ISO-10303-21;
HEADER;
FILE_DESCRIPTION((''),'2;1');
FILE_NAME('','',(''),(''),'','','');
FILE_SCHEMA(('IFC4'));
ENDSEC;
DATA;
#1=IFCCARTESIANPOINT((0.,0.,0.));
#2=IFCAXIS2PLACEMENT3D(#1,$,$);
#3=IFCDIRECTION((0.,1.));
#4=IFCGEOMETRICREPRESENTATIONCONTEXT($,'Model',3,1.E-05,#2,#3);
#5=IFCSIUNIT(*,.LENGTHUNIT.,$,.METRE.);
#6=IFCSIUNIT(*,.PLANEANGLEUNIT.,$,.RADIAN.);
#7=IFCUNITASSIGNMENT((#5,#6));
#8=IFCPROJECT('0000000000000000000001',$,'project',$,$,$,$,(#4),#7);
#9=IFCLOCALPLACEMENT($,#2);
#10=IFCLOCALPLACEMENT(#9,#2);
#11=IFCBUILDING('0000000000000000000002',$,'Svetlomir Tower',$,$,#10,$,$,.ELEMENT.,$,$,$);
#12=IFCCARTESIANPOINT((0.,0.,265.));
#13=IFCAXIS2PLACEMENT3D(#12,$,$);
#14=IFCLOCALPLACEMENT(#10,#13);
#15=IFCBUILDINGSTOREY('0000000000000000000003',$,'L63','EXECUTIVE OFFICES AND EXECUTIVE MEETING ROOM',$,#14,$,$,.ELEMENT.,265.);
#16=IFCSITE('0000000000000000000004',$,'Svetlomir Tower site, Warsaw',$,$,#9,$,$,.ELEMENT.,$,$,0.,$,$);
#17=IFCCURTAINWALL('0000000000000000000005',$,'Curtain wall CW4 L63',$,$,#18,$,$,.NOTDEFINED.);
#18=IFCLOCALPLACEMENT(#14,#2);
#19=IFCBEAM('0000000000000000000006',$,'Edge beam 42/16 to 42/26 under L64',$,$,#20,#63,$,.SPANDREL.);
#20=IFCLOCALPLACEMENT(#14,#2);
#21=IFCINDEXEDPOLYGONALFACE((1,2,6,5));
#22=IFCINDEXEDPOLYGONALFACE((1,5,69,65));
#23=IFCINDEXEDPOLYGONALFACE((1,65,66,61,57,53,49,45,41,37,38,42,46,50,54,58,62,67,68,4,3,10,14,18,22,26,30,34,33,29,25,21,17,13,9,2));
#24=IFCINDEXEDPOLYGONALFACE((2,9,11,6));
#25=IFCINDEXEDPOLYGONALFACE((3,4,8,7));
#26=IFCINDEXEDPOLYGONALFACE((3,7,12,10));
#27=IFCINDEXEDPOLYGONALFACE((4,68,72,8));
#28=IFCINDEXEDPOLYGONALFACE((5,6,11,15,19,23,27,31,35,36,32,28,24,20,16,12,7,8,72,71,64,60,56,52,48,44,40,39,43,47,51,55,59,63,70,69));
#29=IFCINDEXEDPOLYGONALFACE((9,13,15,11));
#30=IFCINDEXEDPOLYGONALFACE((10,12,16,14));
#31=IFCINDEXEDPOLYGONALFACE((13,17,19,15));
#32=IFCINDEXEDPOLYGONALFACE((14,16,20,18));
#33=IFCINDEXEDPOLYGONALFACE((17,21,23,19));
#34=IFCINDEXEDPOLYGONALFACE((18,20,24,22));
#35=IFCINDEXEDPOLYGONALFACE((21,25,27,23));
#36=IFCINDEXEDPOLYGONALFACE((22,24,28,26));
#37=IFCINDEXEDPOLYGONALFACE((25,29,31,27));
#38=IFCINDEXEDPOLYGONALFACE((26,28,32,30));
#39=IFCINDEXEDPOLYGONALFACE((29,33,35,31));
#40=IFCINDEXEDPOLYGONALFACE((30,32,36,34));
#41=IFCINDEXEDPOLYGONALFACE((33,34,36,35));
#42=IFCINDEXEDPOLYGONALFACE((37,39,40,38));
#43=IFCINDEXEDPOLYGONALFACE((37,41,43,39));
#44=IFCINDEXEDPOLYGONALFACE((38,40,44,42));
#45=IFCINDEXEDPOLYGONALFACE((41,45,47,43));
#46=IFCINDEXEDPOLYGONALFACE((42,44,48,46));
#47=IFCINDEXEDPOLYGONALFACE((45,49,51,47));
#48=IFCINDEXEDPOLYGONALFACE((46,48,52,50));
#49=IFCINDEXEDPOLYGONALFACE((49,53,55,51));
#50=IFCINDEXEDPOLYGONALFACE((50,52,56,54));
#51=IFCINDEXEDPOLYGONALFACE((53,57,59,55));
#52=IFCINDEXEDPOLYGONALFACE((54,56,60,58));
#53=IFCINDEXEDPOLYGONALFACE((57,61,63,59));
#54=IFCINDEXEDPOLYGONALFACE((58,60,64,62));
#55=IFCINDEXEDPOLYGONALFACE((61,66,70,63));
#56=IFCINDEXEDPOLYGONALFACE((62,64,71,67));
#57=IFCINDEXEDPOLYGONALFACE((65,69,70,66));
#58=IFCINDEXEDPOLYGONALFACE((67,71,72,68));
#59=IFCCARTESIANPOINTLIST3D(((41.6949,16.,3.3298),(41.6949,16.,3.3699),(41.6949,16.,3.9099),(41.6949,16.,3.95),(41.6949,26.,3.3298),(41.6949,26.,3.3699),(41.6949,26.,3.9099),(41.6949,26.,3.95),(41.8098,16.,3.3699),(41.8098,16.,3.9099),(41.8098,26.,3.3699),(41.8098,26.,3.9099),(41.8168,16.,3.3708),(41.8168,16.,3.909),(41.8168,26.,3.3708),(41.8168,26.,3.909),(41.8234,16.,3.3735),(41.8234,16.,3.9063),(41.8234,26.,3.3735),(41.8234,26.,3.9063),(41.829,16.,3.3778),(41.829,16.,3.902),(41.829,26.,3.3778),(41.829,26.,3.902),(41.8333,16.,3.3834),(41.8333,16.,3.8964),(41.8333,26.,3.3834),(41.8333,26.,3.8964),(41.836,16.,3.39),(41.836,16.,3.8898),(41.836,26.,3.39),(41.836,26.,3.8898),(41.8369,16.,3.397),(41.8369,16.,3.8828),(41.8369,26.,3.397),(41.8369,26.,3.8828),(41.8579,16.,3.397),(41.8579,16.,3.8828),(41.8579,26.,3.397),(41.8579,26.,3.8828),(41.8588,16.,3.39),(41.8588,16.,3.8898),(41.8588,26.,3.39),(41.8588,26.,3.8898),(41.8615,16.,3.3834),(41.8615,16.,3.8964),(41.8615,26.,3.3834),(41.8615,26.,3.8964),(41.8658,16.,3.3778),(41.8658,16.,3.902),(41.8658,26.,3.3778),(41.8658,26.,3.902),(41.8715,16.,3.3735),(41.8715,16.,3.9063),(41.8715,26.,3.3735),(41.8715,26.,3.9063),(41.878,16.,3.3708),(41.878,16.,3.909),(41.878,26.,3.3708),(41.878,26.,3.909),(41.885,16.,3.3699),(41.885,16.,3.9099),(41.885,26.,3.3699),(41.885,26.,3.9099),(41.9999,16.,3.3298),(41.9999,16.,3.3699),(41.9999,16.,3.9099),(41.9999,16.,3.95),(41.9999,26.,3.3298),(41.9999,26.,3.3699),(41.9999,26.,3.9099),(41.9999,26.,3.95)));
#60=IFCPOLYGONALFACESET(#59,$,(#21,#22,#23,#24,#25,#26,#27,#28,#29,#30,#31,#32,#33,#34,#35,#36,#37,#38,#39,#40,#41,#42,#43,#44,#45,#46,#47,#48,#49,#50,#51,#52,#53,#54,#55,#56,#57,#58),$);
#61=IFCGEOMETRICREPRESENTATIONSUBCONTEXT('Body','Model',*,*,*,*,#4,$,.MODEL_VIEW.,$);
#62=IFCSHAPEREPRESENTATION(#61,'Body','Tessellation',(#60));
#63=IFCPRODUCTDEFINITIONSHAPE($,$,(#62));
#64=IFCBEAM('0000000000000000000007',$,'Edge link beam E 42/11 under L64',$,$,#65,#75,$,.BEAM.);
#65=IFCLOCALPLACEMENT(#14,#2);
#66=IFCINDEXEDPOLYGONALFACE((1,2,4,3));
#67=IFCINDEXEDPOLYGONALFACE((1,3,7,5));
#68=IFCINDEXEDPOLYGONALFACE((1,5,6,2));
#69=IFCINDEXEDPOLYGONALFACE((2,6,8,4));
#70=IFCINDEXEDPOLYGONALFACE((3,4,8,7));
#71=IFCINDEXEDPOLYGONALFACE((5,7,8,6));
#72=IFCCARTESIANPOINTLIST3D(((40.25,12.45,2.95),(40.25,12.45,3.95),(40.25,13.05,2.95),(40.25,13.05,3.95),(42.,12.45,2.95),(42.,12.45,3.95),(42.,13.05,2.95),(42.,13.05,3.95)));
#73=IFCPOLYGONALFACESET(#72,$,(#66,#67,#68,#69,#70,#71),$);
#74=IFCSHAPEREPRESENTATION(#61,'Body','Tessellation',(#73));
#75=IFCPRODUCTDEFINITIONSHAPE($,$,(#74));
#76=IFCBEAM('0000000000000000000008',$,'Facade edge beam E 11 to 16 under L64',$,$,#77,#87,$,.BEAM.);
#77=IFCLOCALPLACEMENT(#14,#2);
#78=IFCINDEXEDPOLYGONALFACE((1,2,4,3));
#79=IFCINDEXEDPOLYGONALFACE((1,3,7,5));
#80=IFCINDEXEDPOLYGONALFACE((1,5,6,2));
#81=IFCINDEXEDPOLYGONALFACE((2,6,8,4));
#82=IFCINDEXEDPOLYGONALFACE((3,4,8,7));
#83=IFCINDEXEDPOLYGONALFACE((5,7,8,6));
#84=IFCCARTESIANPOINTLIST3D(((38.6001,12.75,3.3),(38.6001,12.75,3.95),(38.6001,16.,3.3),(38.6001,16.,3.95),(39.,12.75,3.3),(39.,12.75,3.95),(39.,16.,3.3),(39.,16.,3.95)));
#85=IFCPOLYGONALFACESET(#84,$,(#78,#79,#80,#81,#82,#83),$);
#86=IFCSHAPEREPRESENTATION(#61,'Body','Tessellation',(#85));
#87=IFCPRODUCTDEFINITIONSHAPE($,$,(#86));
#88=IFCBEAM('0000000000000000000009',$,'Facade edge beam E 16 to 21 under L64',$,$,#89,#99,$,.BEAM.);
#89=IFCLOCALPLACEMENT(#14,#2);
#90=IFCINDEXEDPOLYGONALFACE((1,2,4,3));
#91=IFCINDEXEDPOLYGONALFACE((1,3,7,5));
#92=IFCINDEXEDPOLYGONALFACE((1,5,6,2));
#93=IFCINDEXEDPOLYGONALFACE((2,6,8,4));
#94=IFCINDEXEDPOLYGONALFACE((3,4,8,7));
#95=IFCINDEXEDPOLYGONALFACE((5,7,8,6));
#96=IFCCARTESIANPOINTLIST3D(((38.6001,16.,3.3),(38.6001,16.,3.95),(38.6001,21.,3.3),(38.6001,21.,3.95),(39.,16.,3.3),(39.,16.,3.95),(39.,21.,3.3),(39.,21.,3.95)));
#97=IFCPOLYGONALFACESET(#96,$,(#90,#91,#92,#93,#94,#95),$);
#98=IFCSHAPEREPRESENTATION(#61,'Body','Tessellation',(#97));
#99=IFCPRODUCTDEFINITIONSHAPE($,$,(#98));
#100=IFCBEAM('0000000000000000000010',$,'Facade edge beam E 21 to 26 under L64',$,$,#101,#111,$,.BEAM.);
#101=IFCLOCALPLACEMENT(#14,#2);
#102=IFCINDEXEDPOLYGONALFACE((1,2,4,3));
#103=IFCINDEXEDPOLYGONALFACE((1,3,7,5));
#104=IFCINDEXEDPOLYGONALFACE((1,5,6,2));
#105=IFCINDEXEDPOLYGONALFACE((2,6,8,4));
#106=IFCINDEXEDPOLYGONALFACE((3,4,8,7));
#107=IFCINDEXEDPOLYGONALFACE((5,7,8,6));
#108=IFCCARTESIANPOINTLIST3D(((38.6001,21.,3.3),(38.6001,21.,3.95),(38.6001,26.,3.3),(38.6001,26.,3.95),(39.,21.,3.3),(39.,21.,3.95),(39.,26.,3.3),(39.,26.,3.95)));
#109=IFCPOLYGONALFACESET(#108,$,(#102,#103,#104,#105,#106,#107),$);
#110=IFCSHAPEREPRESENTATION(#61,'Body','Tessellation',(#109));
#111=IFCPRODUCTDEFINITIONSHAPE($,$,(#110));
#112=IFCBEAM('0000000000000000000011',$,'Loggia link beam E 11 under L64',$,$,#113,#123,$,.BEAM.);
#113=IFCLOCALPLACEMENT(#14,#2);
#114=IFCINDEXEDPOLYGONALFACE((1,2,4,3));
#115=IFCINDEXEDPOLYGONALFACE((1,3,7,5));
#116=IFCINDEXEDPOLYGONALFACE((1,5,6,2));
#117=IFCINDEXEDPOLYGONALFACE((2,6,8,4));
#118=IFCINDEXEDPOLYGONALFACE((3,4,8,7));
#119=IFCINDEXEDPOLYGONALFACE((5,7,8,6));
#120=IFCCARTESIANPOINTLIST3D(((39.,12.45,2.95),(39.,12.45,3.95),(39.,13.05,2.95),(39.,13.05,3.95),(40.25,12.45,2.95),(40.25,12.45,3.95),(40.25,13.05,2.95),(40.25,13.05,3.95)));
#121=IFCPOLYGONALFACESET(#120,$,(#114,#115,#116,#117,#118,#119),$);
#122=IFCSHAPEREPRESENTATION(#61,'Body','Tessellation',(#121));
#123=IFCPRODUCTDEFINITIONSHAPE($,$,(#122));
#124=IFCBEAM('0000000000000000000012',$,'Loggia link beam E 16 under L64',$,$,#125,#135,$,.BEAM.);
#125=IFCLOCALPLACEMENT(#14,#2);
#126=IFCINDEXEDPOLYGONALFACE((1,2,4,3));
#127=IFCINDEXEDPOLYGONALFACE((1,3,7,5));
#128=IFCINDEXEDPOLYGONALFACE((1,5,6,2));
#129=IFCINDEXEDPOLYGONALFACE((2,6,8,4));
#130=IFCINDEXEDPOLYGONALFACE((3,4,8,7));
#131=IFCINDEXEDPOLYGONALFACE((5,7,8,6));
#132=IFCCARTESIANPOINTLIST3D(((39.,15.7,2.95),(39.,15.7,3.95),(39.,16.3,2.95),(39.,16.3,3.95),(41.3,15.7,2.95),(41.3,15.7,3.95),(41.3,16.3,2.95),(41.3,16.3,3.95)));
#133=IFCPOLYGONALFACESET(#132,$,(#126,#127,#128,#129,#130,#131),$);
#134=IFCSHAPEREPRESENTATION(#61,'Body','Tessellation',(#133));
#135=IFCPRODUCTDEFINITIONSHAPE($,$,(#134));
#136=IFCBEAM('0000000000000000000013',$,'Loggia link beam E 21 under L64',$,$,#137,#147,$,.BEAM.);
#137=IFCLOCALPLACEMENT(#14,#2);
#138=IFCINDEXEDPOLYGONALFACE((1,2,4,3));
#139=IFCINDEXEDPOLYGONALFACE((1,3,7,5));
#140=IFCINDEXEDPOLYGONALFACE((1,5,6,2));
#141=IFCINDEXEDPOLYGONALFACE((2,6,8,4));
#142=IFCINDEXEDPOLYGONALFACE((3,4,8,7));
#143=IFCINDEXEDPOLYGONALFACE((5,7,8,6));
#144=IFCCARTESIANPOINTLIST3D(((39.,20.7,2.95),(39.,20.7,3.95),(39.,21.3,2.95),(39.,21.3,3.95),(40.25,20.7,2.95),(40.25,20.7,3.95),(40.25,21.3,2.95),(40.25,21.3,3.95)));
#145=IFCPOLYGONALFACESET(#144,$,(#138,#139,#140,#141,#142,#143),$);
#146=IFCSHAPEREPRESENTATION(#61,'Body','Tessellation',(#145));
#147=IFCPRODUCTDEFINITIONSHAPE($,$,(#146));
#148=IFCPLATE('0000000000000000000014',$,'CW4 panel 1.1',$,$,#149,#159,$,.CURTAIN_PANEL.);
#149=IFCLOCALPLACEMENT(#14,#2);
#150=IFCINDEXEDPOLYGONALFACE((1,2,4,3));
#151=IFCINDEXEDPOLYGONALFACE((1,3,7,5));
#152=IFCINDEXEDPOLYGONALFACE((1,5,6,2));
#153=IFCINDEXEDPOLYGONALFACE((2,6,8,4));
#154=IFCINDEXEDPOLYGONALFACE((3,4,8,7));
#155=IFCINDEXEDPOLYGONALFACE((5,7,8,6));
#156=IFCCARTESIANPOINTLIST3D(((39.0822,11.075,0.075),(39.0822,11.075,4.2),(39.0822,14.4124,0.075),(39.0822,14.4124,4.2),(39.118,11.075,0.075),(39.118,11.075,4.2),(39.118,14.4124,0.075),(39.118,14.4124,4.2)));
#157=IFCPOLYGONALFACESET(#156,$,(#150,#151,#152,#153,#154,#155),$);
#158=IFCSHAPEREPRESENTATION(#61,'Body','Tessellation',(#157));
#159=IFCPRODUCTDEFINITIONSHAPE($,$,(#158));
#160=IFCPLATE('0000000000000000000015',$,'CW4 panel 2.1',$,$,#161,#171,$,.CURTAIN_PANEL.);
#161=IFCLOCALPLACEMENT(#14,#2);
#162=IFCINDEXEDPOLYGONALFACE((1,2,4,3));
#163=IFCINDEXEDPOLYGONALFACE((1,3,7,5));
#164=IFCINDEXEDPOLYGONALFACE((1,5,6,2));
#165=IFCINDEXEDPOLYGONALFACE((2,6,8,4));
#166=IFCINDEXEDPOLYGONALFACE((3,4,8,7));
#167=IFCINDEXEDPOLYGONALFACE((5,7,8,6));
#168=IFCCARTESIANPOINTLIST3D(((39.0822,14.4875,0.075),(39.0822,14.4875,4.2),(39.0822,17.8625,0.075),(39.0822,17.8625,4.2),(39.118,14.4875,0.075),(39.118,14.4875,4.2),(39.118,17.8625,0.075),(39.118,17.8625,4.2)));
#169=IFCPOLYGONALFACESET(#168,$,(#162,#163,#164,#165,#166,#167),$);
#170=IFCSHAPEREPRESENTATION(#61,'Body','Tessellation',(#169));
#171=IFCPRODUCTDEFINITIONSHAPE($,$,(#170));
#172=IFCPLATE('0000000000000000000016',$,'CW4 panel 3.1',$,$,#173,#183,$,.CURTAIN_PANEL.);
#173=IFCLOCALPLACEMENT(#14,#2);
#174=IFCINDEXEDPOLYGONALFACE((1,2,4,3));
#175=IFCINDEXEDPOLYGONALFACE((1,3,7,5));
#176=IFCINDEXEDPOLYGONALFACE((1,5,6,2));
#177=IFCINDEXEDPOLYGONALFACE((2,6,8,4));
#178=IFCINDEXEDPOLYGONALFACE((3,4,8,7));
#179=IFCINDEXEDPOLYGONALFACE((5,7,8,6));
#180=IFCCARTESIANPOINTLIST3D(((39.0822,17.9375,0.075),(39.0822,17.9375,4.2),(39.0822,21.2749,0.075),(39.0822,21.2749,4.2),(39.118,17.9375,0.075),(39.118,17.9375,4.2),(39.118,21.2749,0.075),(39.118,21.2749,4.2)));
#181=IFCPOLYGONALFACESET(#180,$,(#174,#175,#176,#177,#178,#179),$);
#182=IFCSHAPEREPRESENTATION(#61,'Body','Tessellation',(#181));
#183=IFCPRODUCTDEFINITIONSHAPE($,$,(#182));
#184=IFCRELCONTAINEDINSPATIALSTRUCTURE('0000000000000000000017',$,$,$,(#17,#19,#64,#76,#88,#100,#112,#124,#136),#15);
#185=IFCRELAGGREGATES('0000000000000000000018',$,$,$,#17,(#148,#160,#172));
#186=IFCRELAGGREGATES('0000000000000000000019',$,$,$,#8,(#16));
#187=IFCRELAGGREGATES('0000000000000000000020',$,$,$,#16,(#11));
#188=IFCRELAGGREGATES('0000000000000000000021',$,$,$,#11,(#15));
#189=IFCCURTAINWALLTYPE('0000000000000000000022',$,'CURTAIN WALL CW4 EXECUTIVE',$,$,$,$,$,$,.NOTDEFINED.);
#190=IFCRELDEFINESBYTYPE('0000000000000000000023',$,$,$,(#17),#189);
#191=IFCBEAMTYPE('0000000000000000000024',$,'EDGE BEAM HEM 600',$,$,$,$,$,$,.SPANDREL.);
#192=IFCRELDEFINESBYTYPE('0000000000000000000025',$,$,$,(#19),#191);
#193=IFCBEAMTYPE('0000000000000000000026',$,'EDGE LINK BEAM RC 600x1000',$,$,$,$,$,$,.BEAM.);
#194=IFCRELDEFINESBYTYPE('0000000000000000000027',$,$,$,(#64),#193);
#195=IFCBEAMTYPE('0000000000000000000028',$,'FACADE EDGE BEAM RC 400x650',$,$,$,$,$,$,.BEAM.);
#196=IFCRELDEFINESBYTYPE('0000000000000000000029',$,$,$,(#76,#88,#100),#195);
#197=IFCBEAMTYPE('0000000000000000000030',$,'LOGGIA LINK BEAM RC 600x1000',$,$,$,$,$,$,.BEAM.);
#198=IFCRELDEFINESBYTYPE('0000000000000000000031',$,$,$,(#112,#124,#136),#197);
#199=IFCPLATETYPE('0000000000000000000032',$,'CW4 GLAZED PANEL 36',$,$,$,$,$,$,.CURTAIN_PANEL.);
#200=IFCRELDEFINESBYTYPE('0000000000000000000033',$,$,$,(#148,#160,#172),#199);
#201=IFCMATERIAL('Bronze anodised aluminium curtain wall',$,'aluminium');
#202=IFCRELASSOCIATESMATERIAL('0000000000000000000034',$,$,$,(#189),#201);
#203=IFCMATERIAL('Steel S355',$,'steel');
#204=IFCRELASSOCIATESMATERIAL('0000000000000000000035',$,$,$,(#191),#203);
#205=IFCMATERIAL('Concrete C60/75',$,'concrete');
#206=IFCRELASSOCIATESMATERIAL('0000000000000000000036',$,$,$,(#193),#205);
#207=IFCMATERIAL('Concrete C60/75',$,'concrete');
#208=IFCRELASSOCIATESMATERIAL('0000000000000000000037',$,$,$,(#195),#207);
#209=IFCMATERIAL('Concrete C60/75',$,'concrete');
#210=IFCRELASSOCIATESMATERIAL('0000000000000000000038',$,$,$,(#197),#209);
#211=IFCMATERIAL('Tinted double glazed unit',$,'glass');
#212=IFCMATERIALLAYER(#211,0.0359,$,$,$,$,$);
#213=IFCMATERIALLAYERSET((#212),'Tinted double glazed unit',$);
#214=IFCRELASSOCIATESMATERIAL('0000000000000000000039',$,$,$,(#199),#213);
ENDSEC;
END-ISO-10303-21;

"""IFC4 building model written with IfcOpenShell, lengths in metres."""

from ifc_helpers import new_model, si_unit, direction, frame, origin, origin_2d, place, context, subcontext, project, spatial, rectangle, i_section, extrude, material, layer, layer_set, material_profile, profile_set, type_object, element, aggregate, save


model = new_model("IFC4")

# Units and contexts
model_context = context("Model", 3, precision=1e-05, world=origin(), true_north=direction((0.0, 1.0)))
body_context = subcontext(model_context, "Body", "Model", "MODEL_VIEW")
ifc_project = project(units=[si_unit("LENGTHUNIT", "METRE"), si_unit("PLANEANGLEUNIT", "RADIAN")], contexts=[model_context])

# Site, building, storey
site_placement = place(None, origin())
site = spatial("IfcSite", under=ifc_project, at=site_placement, Name="Svetlomir Tower site, Warsaw", CompositionType="ELEMENT", RefElevation=0.0)
building_placement = place(site_placement, origin())
building = spatial("IfcBuilding", under=site, at=building_placement, Name="Svetlomir Tower", CompositionType="ELEMENT")
storey_placement = place(building_placement, frame((0.0, 0.0, 265.0)))
storey = spatial("IfcBuildingStorey", under=building, at=storey_placement, Name="L63", Description="EXECUTIVE OFFICES AND EXECUTIVE MEETING ROOM", CompositionType="ELEMENT", Elevation=265.0)

# Curtain wall
ifc_material_1 = material(Name="Bronze anodised aluminium curtain wall", Category="aluminium")
curtain_wall_type = type_object("IfcCurtainWallType", Name="CURTAIN WALL CW4 EXECUTIVE", PredefinedType="NOTDEFINED", material=ifc_material_1)
curtain_wall_placement = place(storey_placement, origin())
curtain_wall = element("IfcCurtainWall", 1, at=curtain_wall_placement, inside=storey, type_object=curtain_wall_type, Name="Curtain wall CW4 L63", PredefinedType="NOTDEFINED")

# Beams
ifc_material_2 = material(Name="Steel S355", Category="steel")
ifc_material_profile_1 = material_profile(ifc_material_2, i_section(OverallWidth=0.3049, OverallDepth=0.6201, WebThickness=0.021, FlangeThickness=0.04, FilletRadius=0.0271, at=origin_2d()), Name="HEM 600")
ifc_profile_set_1 = profile_set([ifc_material_profile_1], Name="Steel S355")
beam_type_1 = type_object("IfcBeamType", Name="EDGE BEAM HEM 600", PredefinedType="SPANDREL", material=ifc_profile_set_1)
beam_1_placement = place(storey_placement, frame((41.8474, 16.0, 3.6399), z_axis=(0.0, 1.0, 0.0), x_axis=(-1.0, 0.0, 0.0)))
element("IfcBeam", 2, at=beam_1_placement, inside=storey, type_object=beam_type_1, Name="Edge beam 42/16 to 42/26 under L64", PredefinedType="SPANDREL", context=body_context, shape_type="SweptSolid", body=[
    extrude(i_section(OverallWidth=0.3049, OverallDepth=0.6201, WebThickness=0.021, FlangeThickness=0.04, FilletRadius=0.0271, at=origin_2d()), origin(), (0.0, 0.0, 1.0), 10.0),
])
ifc_material_3 = material(Name="Concrete C60/75", Category="concrete")
ifc_material_profile_2 = material_profile(ifc_material_3, rectangle(XDim=0.6001, YDim=1.0, at=origin_2d()), Name="RC 600x1000")
ifc_profile_set_2 = profile_set([ifc_material_profile_2], Name="Concrete C60/75")
beam_type_2 = type_object("IfcBeamType", Name="EDGE LINK BEAM RC 600x1000", PredefinedType="BEAM", material=ifc_profile_set_2)
beam_2_placement = place(storey_placement, frame((40.25, 12.75, 3.45), z_axis=(1.0, 0.0, 0.0), x_axis=(0.0, 1.0, 0.0)))
element("IfcBeam", 3, at=beam_2_placement, inside=storey, type_object=beam_type_2, Name="Edge link beam E 42/11 under L64", PredefinedType="BEAM", context=body_context, shape_type="SweptSolid", body=[
    extrude(rectangle(XDim=0.6001, YDim=1.0, at=origin_2d()), origin(), (0.0, 0.0, 1.0), 1.75),
])
ifc_material_4 = material(Name="Concrete C60/75", Category="concrete")
ifc_material_profile_3 = material_profile(ifc_material_4, rectangle(XDim=0.3999, YDim=0.6499, at=origin_2d()), Name="RC 400x650")
ifc_profile_set_3 = profile_set([ifc_material_profile_3], Name="Concrete C60/75")
beam_type_3 = type_object("IfcBeamType", Name="FACADE EDGE BEAM RC 400x650", PredefinedType="BEAM", material=ifc_profile_set_3)
beam_3_placement = place(storey_placement, frame((38.8, 12.75, 3.625), z_axis=(0.0, 1.0, 0.0), x_axis=(-1.0, 0.0, 0.0)))
element("IfcBeam", 4, at=beam_3_placement, inside=storey, type_object=beam_type_3, Name="Facade edge beam E 11 to 16 under L64", PredefinedType="BEAM", context=body_context, shape_type="SweptSolid", body=[
    extrude(rectangle(XDim=0.3999, YDim=0.6499, at=origin_2d()), origin(), (0.0, 0.0, 1.0), 3.25),
])
for number, where, z_axis, x_axis, name in (
    (5, (38.8, 16.0, 3.625), (0.0, 1.0, 0.0), (-1.0, 0.0, 0.0), "Facade edge beam E 16 to 21 under L64"),
    (6, (38.8, 21.0, 3.625), (0.0, 1.0, 0.0), (-1.0, 0.0, 0.0), "Facade edge beam E 21 to 26 under L64"),
):
    element("IfcBeam", number, at=place(storey_placement, frame(where, z_axis=z_axis, x_axis=x_axis)), inside=storey, type_object=beam_type_3, Name=name, PredefinedType="BEAM", context=body_context, shape_type="SweptSolid", body=[
        extrude(rectangle(XDim=0.3999, YDim=0.6499, at=origin_2d()), origin(), (0.0, 0.0, 1.0), 5.0),
    ])
ifc_material_5 = material(Name="Concrete C60/75", Category="concrete")
ifc_material_profile_4 = material_profile(ifc_material_5, rectangle(XDim=0.6001, YDim=1.0, at=origin_2d()), Name="RC 600x1000")
ifc_profile_set_4 = profile_set([ifc_material_profile_4], Name="Concrete C60/75")
beam_type_4 = type_object("IfcBeamType", Name="LOGGIA LINK BEAM RC 600x1000", PredefinedType="BEAM", material=ifc_profile_set_4)
beam_4_placement = place(storey_placement, frame((40.25, 12.75, 3.45), z_axis=(-1.0, 0.0, 0.0), x_axis=(0.0, -1.0, 0.0)))
element("IfcBeam", 7, at=beam_4_placement, inside=storey, type_object=beam_type_4, Name="Loggia link beam E 11 under L64", PredefinedType="BEAM", context=body_context, shape_type="SweptSolid", body=[
    extrude(rectangle(XDim=0.6001, YDim=1.0, at=origin_2d()), origin(), (0.0, 0.0, 1.0), 1.25),
])
beam_5_placement = place(storey_placement, frame((41.3, 16.0, 3.45), z_axis=(-1.0, 0.0, 0.0), x_axis=(0.0, -1.0, 0.0)))
element("IfcBeam", 8, at=beam_5_placement, inside=storey, type_object=beam_type_4, Name="Loggia link beam E 16 under L64", PredefinedType="BEAM", context=body_context, shape_type="SweptSolid", body=[
    extrude(rectangle(XDim=0.6001, YDim=1.0, at=origin_2d()), origin(), (0.0, 0.0, 1.0), 2.3),
])
beam_6_placement = place(storey_placement, frame((40.25, 21.0, 3.45), z_axis=(-1.0, 0.0, 0.0), x_axis=(0.0, -1.0, 0.0)))
element("IfcBeam", 9, at=beam_6_placement, inside=storey, type_object=beam_type_4, Name="Loggia link beam E 21 under L64", PredefinedType="BEAM", context=body_context, shape_type="SweptSolid", body=[
    extrude(rectangle(XDim=0.6001, YDim=1.0, at=origin_2d()), origin(), (0.0, 0.0, 1.0), 1.25),
])

# Plates
ifc_material_6 = material(Name="Tinted double glazed unit", Category="glass")
ifc_layer_1 = layer(ifc_material_6, 0.0359)
ifc_layer_set_1 = layer_set([ifc_layer_1], Name="Tinted double glazed unit")
plate_type = type_object("IfcPlateType", Name="CW4 GLAZED PANEL 36", PredefinedType="CURTAIN_PANEL", material=ifc_layer_set_1)
plate_1_placement = place(storey_placement, frame((39.1001, 12.7437, 0.075), z_axis=(0.0, 0.0, 1.0), x_axis=(0.0, 1.0, 0.0)))
plate_1 = element("IfcPlate", 10, at=plate_1_placement, type_object=plate_type, Name="CW4 panel 1.1", PredefinedType="CURTAIN_PANEL", context=body_context, shape_type="SweptSolid", body=[
    extrude(rectangle(XDim=3.3374, YDim=0.0359, at=origin_2d()), origin(), (0.0, 0.0, 1.0), 4.125),
])
plate_2_placement = place(storey_placement, frame((39.1001, 16.175, 0.075), z_axis=(0.0, 0.0, 1.0), x_axis=(0.0, 1.0, 0.0)))
plate_2 = element("IfcPlate", 11, at=plate_2_placement, type_object=plate_type, Name="CW4 panel 2.1", PredefinedType="CURTAIN_PANEL", context=body_context, shape_type="SweptSolid", body=[
    extrude(rectangle(XDim=3.375, YDim=0.0359, at=origin_2d()), origin(), (0.0, 0.0, 1.0), 4.125),
])
plate_3_placement = place(storey_placement, frame((39.1001, 19.6062, 0.075), z_axis=(0.0, 0.0, 1.0), x_axis=(0.0, 1.0, 0.0)))
plate_3 = element("IfcPlate", 12, at=plate_3_placement, type_object=plate_type, Name="CW4 panel 3.1", PredefinedType="CURTAIN_PANEL", context=body_context, shape_type="SweptSolid", body=[
    extrude(rectangle(XDim=3.3374, YDim=0.0359, at=origin_2d()), origin(), (0.0, 0.0, 1.0), 4.125),
])
aggregate(curtain_wall, [plate_1, plate_2, plate_3])

save(model, "model.ifc")
